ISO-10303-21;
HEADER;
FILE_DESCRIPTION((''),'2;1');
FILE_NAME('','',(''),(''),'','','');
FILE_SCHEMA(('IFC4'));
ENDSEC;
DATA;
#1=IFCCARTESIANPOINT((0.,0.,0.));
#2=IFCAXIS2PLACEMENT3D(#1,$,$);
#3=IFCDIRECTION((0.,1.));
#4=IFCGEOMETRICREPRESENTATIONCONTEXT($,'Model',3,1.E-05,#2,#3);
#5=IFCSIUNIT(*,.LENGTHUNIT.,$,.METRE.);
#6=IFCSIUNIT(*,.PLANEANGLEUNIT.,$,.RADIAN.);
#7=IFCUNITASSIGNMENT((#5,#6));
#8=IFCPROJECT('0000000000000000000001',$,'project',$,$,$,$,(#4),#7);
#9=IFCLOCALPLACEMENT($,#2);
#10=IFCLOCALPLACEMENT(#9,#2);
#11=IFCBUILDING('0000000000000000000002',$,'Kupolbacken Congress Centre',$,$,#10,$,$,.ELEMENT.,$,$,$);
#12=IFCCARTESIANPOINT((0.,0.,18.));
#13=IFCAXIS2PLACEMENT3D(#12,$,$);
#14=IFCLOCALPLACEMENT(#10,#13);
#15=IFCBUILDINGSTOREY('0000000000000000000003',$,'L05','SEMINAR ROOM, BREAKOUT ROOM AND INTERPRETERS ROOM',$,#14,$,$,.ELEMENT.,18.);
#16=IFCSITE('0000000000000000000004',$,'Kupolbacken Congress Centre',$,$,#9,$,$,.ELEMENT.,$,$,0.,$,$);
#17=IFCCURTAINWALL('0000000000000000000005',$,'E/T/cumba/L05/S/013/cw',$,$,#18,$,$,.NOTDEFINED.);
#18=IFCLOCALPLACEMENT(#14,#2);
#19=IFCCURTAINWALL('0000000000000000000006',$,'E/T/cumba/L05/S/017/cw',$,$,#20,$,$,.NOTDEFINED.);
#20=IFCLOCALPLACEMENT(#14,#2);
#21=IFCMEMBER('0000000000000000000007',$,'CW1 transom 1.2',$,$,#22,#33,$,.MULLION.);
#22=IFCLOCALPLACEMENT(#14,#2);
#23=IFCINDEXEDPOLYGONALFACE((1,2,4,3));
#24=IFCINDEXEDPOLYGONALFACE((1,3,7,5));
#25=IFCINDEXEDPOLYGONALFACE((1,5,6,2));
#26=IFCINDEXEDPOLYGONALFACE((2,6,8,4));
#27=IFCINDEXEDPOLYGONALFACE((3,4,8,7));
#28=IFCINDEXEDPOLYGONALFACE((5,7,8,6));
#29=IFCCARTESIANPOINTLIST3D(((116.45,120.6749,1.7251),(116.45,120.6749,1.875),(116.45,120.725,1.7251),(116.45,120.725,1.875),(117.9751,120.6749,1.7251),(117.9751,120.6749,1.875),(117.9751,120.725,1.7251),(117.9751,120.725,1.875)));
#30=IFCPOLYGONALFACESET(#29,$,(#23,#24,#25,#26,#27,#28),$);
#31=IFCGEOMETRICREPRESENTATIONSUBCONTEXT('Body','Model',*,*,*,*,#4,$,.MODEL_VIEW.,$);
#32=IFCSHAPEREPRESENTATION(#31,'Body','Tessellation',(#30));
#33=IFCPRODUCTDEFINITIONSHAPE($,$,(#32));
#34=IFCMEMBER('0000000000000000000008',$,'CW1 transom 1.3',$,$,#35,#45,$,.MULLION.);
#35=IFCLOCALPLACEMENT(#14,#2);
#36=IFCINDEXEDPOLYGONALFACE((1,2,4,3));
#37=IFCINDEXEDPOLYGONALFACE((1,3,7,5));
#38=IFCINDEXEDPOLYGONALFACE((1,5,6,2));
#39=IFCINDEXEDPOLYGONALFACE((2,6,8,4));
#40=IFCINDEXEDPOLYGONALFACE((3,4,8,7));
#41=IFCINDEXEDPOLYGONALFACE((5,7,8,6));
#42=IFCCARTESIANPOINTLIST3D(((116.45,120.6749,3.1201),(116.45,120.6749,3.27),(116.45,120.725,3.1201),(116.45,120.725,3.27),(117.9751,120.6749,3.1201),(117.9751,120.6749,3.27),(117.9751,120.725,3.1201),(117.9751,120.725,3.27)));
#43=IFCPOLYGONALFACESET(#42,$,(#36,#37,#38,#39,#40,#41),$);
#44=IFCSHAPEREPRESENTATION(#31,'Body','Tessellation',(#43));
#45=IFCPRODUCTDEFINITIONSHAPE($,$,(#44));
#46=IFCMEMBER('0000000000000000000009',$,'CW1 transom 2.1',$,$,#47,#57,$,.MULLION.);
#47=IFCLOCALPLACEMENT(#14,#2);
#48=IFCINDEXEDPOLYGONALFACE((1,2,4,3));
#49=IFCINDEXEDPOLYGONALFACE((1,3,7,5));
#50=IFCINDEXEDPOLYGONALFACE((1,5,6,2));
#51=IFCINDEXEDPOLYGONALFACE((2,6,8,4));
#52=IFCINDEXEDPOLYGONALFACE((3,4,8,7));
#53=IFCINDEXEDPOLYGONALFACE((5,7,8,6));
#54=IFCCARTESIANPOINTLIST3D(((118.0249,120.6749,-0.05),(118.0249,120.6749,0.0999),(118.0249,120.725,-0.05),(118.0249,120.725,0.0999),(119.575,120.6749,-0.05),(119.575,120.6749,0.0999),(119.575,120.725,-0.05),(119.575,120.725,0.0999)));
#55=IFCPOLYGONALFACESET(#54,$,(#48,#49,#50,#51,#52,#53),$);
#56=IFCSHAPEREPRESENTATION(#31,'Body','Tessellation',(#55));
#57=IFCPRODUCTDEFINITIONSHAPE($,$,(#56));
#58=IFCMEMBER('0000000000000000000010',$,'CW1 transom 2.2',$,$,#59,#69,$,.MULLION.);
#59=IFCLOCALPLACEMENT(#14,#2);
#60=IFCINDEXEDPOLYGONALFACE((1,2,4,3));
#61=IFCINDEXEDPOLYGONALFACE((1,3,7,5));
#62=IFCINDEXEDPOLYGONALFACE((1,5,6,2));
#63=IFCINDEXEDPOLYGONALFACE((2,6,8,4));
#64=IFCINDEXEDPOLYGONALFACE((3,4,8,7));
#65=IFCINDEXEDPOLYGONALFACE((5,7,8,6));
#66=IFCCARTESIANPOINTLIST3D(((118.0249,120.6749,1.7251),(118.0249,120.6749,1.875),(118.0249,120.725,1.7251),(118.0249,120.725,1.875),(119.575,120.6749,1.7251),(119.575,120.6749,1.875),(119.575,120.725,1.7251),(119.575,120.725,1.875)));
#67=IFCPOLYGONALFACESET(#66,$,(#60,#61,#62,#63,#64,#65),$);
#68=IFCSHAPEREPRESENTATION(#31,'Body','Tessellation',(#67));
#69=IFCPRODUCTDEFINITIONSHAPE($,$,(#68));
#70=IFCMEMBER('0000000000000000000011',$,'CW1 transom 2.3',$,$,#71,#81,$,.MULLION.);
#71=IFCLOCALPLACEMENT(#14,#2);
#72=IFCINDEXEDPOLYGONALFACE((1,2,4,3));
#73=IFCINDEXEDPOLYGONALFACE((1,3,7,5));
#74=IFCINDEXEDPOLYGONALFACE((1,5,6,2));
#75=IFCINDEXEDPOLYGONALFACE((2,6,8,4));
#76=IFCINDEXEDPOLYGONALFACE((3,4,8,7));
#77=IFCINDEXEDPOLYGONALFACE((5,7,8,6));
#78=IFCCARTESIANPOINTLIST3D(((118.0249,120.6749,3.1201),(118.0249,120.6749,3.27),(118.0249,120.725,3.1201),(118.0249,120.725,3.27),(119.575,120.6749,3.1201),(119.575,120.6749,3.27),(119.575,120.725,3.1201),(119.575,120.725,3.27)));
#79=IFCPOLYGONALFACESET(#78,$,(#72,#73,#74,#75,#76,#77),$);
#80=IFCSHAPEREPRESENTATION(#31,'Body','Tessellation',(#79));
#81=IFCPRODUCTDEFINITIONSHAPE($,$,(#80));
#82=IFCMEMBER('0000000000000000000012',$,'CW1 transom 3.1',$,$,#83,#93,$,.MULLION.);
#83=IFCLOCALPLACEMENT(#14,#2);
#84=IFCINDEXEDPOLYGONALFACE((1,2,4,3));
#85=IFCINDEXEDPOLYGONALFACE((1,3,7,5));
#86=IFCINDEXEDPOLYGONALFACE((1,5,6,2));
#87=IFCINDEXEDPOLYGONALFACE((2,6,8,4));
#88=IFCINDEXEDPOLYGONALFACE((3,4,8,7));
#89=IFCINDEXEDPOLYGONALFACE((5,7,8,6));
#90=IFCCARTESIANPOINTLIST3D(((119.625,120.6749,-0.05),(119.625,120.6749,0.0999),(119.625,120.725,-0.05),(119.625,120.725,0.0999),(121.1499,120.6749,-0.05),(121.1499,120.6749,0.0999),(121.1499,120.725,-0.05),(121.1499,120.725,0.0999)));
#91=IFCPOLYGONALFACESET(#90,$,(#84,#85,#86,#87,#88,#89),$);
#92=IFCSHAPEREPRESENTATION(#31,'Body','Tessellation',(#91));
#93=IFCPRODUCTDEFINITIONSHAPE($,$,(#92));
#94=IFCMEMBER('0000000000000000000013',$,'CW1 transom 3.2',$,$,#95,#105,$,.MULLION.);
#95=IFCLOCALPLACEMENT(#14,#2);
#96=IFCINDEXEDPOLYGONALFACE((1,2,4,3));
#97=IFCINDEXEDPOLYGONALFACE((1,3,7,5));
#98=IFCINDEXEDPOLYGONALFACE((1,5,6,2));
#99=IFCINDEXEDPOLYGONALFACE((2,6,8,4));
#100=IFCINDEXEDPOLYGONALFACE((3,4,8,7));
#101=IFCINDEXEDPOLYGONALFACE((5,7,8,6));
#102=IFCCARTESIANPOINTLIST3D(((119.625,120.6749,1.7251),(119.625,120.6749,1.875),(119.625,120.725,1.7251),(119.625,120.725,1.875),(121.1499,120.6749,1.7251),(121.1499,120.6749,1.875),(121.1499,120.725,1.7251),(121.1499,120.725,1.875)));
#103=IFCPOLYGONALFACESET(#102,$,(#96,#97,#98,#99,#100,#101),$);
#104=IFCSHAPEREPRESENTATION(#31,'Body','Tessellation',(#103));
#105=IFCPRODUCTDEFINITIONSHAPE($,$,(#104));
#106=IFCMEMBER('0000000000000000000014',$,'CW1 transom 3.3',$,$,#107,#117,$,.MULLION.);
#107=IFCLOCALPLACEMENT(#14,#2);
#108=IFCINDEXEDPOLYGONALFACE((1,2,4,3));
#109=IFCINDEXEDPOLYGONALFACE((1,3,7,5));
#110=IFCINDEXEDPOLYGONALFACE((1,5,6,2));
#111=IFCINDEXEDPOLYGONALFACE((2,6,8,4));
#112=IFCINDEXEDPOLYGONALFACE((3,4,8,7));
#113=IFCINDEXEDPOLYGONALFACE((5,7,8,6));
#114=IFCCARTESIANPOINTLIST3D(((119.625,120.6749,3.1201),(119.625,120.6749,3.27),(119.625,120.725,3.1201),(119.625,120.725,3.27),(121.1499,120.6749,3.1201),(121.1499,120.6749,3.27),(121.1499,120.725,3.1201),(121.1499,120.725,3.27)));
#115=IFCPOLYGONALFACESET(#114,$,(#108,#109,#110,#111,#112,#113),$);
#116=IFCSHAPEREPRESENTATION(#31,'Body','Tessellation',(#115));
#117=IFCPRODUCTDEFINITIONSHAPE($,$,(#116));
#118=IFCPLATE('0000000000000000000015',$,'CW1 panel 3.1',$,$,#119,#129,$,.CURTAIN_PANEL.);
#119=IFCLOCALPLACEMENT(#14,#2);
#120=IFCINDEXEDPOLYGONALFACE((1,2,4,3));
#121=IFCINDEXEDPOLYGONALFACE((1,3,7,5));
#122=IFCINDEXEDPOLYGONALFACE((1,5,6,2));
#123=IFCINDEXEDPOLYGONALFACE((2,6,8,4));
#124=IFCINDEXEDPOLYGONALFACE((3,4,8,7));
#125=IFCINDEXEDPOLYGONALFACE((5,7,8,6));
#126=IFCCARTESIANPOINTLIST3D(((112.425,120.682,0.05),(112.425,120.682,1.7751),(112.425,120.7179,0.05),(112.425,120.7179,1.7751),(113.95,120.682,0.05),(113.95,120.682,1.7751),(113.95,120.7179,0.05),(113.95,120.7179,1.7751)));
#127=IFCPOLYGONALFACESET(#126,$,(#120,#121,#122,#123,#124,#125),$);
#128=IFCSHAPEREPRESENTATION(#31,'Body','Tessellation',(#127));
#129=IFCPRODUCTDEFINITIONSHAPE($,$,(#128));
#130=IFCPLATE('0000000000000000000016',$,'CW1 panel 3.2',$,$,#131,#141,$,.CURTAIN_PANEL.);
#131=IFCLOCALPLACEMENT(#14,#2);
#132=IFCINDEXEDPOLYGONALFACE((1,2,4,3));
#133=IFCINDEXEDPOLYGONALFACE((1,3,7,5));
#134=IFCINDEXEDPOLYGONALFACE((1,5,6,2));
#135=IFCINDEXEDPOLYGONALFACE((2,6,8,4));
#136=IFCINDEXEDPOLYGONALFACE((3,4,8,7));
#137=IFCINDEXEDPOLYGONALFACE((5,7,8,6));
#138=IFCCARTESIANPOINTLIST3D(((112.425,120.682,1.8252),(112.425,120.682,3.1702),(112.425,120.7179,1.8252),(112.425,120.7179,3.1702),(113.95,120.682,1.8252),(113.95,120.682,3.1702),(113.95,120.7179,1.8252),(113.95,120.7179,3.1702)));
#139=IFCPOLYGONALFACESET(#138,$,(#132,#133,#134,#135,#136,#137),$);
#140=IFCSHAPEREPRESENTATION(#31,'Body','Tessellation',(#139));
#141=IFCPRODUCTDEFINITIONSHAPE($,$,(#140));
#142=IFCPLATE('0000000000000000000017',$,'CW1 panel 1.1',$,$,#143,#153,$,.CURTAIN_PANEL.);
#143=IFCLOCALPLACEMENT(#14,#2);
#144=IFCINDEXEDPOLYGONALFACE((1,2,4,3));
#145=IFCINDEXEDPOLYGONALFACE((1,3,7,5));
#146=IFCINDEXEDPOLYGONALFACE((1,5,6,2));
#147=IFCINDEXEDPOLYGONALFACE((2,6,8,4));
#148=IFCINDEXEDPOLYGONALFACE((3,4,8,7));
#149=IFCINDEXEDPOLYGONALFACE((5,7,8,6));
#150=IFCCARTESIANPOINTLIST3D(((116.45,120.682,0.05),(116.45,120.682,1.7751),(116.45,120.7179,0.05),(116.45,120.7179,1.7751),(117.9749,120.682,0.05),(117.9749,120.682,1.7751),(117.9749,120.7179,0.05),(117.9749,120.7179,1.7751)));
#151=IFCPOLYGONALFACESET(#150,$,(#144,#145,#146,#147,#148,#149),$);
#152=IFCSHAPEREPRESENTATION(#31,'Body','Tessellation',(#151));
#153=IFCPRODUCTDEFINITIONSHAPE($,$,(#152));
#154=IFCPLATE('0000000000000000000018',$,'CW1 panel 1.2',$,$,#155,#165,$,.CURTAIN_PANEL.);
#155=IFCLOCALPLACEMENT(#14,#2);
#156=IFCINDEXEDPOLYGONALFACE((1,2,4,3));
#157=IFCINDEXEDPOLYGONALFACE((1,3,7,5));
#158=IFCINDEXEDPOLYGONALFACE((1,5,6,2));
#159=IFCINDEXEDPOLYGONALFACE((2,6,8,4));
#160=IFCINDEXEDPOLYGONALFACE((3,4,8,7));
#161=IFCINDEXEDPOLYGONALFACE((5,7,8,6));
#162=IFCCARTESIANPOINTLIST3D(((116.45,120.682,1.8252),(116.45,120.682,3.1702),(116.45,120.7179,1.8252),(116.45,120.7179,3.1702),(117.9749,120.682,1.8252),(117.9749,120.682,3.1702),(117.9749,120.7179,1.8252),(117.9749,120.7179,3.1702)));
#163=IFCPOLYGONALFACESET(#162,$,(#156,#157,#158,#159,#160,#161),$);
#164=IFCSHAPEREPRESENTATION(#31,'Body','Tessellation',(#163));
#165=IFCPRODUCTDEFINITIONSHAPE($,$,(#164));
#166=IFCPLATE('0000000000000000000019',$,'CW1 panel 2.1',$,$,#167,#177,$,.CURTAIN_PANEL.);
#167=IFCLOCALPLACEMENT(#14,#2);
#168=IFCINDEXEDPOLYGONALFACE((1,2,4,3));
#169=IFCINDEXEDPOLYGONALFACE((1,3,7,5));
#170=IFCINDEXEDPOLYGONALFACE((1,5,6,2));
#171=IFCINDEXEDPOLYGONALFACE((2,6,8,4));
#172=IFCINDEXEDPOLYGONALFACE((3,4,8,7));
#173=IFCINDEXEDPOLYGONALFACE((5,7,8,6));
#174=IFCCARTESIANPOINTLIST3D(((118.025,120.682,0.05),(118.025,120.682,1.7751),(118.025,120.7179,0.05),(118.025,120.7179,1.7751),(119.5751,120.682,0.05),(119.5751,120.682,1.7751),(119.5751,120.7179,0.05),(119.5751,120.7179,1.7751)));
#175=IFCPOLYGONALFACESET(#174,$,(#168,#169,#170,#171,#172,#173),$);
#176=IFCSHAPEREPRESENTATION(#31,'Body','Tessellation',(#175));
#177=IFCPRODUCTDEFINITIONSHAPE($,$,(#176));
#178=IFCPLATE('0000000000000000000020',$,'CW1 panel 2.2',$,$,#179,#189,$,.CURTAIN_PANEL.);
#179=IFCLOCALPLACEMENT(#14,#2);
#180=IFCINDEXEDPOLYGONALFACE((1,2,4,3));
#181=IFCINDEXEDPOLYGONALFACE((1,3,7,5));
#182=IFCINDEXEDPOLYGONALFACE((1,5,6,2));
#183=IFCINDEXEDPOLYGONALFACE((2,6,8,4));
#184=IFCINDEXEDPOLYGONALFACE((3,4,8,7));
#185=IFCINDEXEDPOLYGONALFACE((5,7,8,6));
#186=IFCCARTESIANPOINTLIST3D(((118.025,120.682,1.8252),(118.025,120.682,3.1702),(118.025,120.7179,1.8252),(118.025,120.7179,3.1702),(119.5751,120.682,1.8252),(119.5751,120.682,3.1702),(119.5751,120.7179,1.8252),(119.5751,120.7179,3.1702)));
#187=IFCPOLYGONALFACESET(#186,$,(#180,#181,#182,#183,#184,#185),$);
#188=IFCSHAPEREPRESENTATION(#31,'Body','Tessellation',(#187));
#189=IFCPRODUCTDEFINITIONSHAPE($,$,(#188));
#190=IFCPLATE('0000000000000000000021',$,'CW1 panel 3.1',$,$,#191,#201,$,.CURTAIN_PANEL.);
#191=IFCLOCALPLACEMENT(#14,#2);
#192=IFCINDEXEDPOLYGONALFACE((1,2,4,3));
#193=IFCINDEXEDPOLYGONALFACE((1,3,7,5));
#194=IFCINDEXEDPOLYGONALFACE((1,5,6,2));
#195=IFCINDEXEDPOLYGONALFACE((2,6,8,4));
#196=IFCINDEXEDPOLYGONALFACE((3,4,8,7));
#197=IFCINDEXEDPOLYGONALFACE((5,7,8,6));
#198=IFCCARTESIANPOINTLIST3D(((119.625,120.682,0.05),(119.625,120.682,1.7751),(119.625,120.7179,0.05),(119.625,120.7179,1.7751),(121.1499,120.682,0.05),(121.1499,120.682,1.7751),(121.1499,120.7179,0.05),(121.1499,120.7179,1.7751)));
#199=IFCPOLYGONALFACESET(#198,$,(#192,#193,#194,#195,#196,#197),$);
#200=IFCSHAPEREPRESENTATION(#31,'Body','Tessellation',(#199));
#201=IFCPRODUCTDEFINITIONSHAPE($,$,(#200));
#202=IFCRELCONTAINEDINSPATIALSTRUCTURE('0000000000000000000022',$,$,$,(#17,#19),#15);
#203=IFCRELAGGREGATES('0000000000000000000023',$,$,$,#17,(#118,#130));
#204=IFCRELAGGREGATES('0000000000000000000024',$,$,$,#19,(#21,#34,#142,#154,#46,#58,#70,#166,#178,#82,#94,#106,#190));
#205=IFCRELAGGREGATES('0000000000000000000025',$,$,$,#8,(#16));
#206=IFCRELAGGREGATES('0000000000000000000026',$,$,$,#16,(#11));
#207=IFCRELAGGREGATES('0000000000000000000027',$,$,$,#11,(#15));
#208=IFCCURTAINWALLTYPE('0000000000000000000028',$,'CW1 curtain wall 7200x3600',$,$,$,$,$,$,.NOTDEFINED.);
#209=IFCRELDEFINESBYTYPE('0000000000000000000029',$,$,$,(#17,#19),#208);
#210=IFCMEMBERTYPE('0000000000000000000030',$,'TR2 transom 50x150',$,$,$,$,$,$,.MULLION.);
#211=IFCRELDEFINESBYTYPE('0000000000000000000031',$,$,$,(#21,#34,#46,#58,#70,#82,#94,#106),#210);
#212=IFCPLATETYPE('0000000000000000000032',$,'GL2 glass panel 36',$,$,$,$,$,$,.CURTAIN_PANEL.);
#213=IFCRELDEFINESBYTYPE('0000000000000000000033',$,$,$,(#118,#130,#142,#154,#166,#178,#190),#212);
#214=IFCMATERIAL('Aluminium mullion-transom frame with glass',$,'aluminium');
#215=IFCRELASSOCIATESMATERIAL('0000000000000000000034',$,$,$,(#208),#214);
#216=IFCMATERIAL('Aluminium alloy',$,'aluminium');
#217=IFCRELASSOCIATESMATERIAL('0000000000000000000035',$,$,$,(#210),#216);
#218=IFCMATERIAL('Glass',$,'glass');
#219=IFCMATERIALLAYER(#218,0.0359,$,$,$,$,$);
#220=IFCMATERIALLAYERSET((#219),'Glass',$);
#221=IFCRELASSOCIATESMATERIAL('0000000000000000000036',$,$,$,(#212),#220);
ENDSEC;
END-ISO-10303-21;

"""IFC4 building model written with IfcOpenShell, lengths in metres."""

from ifc_helpers import new_model, si_unit, direction, frame, origin, origin_2d, place, context, subcontext, project, spatial, rectangle, extrude, material, layer, layer_set, material_profile, profile_set, type_object, element, aggregate, save


model = new_model("IFC4")

# Units and contexts
model_context = context("Model", 3, precision=1e-05, world=origin(), true_north=direction((0.0, 1.0)))
body_context = subcontext(model_context, "Body", "Model", "MODEL_VIEW")
ifc_project = project(units=[si_unit("LENGTHUNIT", "METRE"), si_unit("PLANEANGLEUNIT", "RADIAN")], contexts=[model_context])

# Site, building, storey
site_placement = place(None, origin())
site = spatial("IfcSite", under=ifc_project, at=site_placement, Name="Kupolbacken Congress Centre", CompositionType="ELEMENT", RefElevation=0.0)
building_placement = place(site_placement, origin())
building = spatial("IfcBuilding", under=site, at=building_placement, Name="Kupolbacken Congress Centre", CompositionType="ELEMENT")
storey_placement = place(building_placement, frame((0.0, 0.0, 18.0)))
storey = spatial("IfcBuildingStorey", under=building, at=storey_placement, Name="L05", Description="SEMINAR ROOM, BREAKOUT ROOM AND INTERPRETERS ROOM", CompositionType="ELEMENT", Elevation=18.0)

# Curtain wall
ifc_material_1 = material(Name="Aluminium mullion-transom frame with glass", Category="aluminium")
curtain_wall_type = type_object("IfcCurtainWallType", Name="CW1 curtain wall 7200x3600", PredefinedType="NOTDEFINED", material=ifc_material_1)
curtain_wall_1_placement = place(storey_placement, origin())
curtain_wall_1 = element("IfcCurtainWall", 1, at=curtain_wall_1_placement, inside=storey, type_object=curtain_wall_type, Name="E/T/cumba/L05/S/013/cw", PredefinedType="NOTDEFINED")

# Curtain wall
curtain_wall_2_placement = place(storey_placement, origin())
curtain_wall_2 = element("IfcCurtainWall", 2, at=curtain_wall_2_placement, inside=storey, type_object=curtain_wall_type, Name="E/T/cumba/L05/S/017/cw", PredefinedType="NOTDEFINED")

# Members
ifc_material_2 = material(Name="Aluminium alloy", Category="aluminium")
ifc_material_profile_1 = material_profile(ifc_material_2, rectangle(XDim=0.05, YDim=0.1499, at=origin_2d()), Name="50 x 150")
ifc_profile_set_1 = profile_set([ifc_material_profile_1], Name="Aluminium alloy")
member_type_1 = type_object("IfcMemberType", Name="TR2 transom 50x150", PredefinedType="MULLION", material=ifc_profile_set_1)
member_1_placement = place(storey_placement, frame((116.45, 120.7, 1.8), z_axis=(1.0, 0.0, 0.0), x_axis=(0.0, 1.0, 0.0)))
member_1 = element("IfcMember", 3, at=member_1_placement, type_object=member_type_1, Name="CW1 transom 1.2", PredefinedType="MULLION", context=body_context, shape_type="SweptSolid", body=[
    extrude(rectangle(XDim=0.05, YDim=0.1499, at=origin_2d()), origin(), (0.0, 0.0, 1.0), 1.5251),
])
member_2_placement = place(storey_placement, frame((116.45, 120.7, 3.1951), z_axis=(1.0, 0.0, 0.0), x_axis=(0.0, 1.0, 0.0)))
member_2 = element("IfcMember", 4, at=member_2_placement, type_object=member_type_1, Name="CW1 transom 1.3", PredefinedType="MULLION", context=body_context, shape_type="SweptSolid", body=[
    extrude(rectangle(XDim=0.05, YDim=0.1499, at=origin_2d()), origin(), (0.0, 0.0, 1.0), 1.5251),
])
member_3_placement = place(storey_placement, frame((118.0249, 120.7, 0.0249), z_axis=(1.0, 0.0, 0.0), x_axis=(0.0, 1.0, 0.0)))
member_3 = element("IfcMember", 5, at=member_3_placement, type_object=member_type_1, Name="CW1 transom 2.1", PredefinedType="MULLION", context=body_context, shape_type="SweptSolid", body=[
    extrude(rectangle(XDim=0.05, YDim=0.1499, at=origin_2d()), origin(), (0.0, 0.0, 1.0), 1.55),
])
member_4_placement = place(storey_placement, frame((118.0249, 120.7, 1.8), z_axis=(1.0, 0.0, 0.0), x_axis=(0.0, 1.0, 0.0)))
member_4 = element("IfcMember", 6, at=member_4_placement, type_object=member_type_1, Name="CW1 transom 2.2", PredefinedType="MULLION", context=body_context, shape_type="SweptSolid", body=[
    extrude(rectangle(XDim=0.05, YDim=0.1499, at=origin_2d()), origin(), (0.0, 0.0, 1.0), 1.55),
])
member_5_placement = place(storey_placement, frame((118.0249, 120.7, 3.1951), z_axis=(1.0, 0.0, 0.0), x_axis=(0.0, 1.0, 0.0)))
member_5 = element("IfcMember", 7, at=member_5_placement, type_object=member_type_1, Name="CW1 transom 2.3", PredefinedType="MULLION", context=body_context, shape_type="SweptSolid", body=[
    extrude(rectangle(XDim=0.05, YDim=0.1499, at=origin_2d()), origin(), (0.0, 0.0, 1.0), 1.55),
])
member_6_placement = place(storey_placement, frame((119.625, 120.7, 0.0249), z_axis=(1.0, 0.0, 0.0), x_axis=(0.0, 1.0, 0.0)))
member_6 = element("IfcMember", 8, at=member_6_placement, type_object=member_type_1, Name="CW1 transom 3.1", PredefinedType="MULLION", context=body_context, shape_type="SweptSolid", body=[
    extrude(rectangle(XDim=0.05, YDim=0.1499, at=origin_2d()), origin(), (0.0, 0.0, 1.0), 1.5249),
])
member_7_placement = place(storey_placement, frame((119.625, 120.7, 1.8), z_axis=(1.0, 0.0, 0.0), x_axis=(0.0, 1.0, 0.0)))
member_7 = element("IfcMember", 9, at=member_7_placement, type_object=member_type_1, Name="CW1 transom 3.2", PredefinedType="MULLION", context=body_context, shape_type="SweptSolid", body=[
    extrude(rectangle(XDim=0.05, YDim=0.1499, at=origin_2d()), origin(), (0.0, 0.0, 1.0), 1.5249),
])
member_8_placement = place(storey_placement, frame((119.625, 120.7, 3.1951), z_axis=(1.0, 0.0, 0.0), x_axis=(0.0, 1.0, 0.0)))
member_8 = element("IfcMember", 10, at=member_8_placement, type_object=member_type_1, Name="CW1 transom 3.3", PredefinedType="MULLION", context=body_context, shape_type="SweptSolid", body=[
    extrude(rectangle(XDim=0.05, YDim=0.1499, at=origin_2d()), origin(), (0.0, 0.0, 1.0), 1.5249),
])

# Plates
ifc_material_3 = material(Name="Glass", Category="glass")
ifc_layer_1 = layer(ifc_material_3, 0.0359)
ifc_layer_set_1 = layer_set([ifc_layer_1], Name="Glass")
plate_type = type_object("IfcPlateType", Name="GL2 glass panel 36", PredefinedType="CURTAIN_PANEL", material=ifc_layer_set_1)
plate_1_placement = place(storey_placement, frame((113.1875, 120.7, 0.05), z_axis=(0.0, 0.0, 1.0), x_axis=(1.0, 0.0, 0.0)))
plate_1 = element("IfcPlate", 11, at=plate_1_placement, type_object=plate_type, Name="CW1 panel 3.1", PredefinedType="CURTAIN_PANEL", context=body_context, shape_type="SweptSolid", body=[
    extrude(rectangle(XDim=1.5249, YDim=0.0359, at=origin_2d()), origin(), (0.0, 0.0, 1.0), 1.7251),
])
plate_2_placement = place(storey_placement, frame((113.1875, 120.7, 1.8252), z_axis=(0.0, 0.0, 1.0), x_axis=(1.0, 0.0, 0.0)))
plate_2 = element("IfcPlate", 12, at=plate_2_placement, type_object=plate_type, Name="CW1 panel 3.2", PredefinedType="CURTAIN_PANEL", context=body_context, shape_type="SweptSolid", body=[
    extrude(rectangle(XDim=1.5249, YDim=0.0359, at=origin_2d()), origin(), (0.0, 0.0, 1.0), 1.345),
])
aggregate(curtain_wall_1, [plate_1, plate_2])
plate_3_placement = place(storey_placement, frame((117.2124, 120.7, 0.05), z_axis=(0.0, 0.0, 1.0), x_axis=(1.0, 0.0, 0.0)))
plate_3 = element("IfcPlate", 13, at=plate_3_placement, type_object=plate_type, Name="CW1 panel 1.1", PredefinedType="CURTAIN_PANEL", context=body_context, shape_type="SweptSolid", body=[
    extrude(rectangle(XDim=1.5249, YDim=0.0359, at=origin_2d()), origin(), (0.0, 0.0, 1.0), 1.7251),
])
plate_4_placement = place(storey_placement, frame((117.2124, 120.7, 1.8252), z_axis=(0.0, 0.0, 1.0), x_axis=(1.0, 0.0, 0.0)))
plate_4 = element("IfcPlate", 14, at=plate_4_placement, type_object=plate_type, Name="CW1 panel 1.2", PredefinedType="CURTAIN_PANEL", context=body_context, shape_type="SweptSolid", body=[
    extrude(rectangle(XDim=1.5249, YDim=0.0359, at=origin_2d()), origin(), (0.0, 0.0, 1.0), 1.345),
])
plate_5_placement = place(storey_placement, frame((118.8, 120.7, 0.05), z_axis=(0.0, 0.0, 1.0), x_axis=(1.0, 0.0, 0.0)))
plate_5 = element("IfcPlate", 15, at=plate_5_placement, type_object=plate_type, Name="CW1 panel 2.1", PredefinedType="CURTAIN_PANEL", context=body_context, shape_type="SweptSolid", body=[
    extrude(rectangle(XDim=1.55, YDim=0.0359, at=origin_2d()), origin(), (0.0, 0.0, 1.0), 1.7251),
])
plate_6_placement = place(storey_placement, frame((118.8, 120.7, 1.8252), z_axis=(0.0, 0.0, 1.0), x_axis=(1.0, 0.0, 0.0)))
plate_6 = element("IfcPlate", 16, at=plate_6_placement, type_object=plate_type, Name="CW1 panel 2.2", PredefinedType="CURTAIN_PANEL", context=body_context, shape_type="SweptSolid", body=[
    extrude(rectangle(XDim=1.55, YDim=0.0359, at=origin_2d()), origin(), (0.0, 0.0, 1.0), 1.345),
])
plate_7_placement = place(storey_placement, frame((120.3875, 120.7, 0.05), z_axis=(0.0, 0.0, 1.0), x_axis=(1.0, 0.0, 0.0)))
plate_7 = element("IfcPlate", 17, at=plate_7_placement, type_object=plate_type, Name="CW1 panel 3.1", PredefinedType="CURTAIN_PANEL", context=body_context, shape_type="SweptSolid", body=[
    extrude(rectangle(XDim=1.5249, YDim=0.0359, at=origin_2d()), origin(), (0.0, 0.0, 1.0), 1.7251),
])
aggregate(curtain_wall_2, [member_1, member_2, plate_3, plate_4, member_3, member_4, member_5, plate_5, plate_6, member_6, member_7, member_8, plate_7])

save(model, "model.ifc")
